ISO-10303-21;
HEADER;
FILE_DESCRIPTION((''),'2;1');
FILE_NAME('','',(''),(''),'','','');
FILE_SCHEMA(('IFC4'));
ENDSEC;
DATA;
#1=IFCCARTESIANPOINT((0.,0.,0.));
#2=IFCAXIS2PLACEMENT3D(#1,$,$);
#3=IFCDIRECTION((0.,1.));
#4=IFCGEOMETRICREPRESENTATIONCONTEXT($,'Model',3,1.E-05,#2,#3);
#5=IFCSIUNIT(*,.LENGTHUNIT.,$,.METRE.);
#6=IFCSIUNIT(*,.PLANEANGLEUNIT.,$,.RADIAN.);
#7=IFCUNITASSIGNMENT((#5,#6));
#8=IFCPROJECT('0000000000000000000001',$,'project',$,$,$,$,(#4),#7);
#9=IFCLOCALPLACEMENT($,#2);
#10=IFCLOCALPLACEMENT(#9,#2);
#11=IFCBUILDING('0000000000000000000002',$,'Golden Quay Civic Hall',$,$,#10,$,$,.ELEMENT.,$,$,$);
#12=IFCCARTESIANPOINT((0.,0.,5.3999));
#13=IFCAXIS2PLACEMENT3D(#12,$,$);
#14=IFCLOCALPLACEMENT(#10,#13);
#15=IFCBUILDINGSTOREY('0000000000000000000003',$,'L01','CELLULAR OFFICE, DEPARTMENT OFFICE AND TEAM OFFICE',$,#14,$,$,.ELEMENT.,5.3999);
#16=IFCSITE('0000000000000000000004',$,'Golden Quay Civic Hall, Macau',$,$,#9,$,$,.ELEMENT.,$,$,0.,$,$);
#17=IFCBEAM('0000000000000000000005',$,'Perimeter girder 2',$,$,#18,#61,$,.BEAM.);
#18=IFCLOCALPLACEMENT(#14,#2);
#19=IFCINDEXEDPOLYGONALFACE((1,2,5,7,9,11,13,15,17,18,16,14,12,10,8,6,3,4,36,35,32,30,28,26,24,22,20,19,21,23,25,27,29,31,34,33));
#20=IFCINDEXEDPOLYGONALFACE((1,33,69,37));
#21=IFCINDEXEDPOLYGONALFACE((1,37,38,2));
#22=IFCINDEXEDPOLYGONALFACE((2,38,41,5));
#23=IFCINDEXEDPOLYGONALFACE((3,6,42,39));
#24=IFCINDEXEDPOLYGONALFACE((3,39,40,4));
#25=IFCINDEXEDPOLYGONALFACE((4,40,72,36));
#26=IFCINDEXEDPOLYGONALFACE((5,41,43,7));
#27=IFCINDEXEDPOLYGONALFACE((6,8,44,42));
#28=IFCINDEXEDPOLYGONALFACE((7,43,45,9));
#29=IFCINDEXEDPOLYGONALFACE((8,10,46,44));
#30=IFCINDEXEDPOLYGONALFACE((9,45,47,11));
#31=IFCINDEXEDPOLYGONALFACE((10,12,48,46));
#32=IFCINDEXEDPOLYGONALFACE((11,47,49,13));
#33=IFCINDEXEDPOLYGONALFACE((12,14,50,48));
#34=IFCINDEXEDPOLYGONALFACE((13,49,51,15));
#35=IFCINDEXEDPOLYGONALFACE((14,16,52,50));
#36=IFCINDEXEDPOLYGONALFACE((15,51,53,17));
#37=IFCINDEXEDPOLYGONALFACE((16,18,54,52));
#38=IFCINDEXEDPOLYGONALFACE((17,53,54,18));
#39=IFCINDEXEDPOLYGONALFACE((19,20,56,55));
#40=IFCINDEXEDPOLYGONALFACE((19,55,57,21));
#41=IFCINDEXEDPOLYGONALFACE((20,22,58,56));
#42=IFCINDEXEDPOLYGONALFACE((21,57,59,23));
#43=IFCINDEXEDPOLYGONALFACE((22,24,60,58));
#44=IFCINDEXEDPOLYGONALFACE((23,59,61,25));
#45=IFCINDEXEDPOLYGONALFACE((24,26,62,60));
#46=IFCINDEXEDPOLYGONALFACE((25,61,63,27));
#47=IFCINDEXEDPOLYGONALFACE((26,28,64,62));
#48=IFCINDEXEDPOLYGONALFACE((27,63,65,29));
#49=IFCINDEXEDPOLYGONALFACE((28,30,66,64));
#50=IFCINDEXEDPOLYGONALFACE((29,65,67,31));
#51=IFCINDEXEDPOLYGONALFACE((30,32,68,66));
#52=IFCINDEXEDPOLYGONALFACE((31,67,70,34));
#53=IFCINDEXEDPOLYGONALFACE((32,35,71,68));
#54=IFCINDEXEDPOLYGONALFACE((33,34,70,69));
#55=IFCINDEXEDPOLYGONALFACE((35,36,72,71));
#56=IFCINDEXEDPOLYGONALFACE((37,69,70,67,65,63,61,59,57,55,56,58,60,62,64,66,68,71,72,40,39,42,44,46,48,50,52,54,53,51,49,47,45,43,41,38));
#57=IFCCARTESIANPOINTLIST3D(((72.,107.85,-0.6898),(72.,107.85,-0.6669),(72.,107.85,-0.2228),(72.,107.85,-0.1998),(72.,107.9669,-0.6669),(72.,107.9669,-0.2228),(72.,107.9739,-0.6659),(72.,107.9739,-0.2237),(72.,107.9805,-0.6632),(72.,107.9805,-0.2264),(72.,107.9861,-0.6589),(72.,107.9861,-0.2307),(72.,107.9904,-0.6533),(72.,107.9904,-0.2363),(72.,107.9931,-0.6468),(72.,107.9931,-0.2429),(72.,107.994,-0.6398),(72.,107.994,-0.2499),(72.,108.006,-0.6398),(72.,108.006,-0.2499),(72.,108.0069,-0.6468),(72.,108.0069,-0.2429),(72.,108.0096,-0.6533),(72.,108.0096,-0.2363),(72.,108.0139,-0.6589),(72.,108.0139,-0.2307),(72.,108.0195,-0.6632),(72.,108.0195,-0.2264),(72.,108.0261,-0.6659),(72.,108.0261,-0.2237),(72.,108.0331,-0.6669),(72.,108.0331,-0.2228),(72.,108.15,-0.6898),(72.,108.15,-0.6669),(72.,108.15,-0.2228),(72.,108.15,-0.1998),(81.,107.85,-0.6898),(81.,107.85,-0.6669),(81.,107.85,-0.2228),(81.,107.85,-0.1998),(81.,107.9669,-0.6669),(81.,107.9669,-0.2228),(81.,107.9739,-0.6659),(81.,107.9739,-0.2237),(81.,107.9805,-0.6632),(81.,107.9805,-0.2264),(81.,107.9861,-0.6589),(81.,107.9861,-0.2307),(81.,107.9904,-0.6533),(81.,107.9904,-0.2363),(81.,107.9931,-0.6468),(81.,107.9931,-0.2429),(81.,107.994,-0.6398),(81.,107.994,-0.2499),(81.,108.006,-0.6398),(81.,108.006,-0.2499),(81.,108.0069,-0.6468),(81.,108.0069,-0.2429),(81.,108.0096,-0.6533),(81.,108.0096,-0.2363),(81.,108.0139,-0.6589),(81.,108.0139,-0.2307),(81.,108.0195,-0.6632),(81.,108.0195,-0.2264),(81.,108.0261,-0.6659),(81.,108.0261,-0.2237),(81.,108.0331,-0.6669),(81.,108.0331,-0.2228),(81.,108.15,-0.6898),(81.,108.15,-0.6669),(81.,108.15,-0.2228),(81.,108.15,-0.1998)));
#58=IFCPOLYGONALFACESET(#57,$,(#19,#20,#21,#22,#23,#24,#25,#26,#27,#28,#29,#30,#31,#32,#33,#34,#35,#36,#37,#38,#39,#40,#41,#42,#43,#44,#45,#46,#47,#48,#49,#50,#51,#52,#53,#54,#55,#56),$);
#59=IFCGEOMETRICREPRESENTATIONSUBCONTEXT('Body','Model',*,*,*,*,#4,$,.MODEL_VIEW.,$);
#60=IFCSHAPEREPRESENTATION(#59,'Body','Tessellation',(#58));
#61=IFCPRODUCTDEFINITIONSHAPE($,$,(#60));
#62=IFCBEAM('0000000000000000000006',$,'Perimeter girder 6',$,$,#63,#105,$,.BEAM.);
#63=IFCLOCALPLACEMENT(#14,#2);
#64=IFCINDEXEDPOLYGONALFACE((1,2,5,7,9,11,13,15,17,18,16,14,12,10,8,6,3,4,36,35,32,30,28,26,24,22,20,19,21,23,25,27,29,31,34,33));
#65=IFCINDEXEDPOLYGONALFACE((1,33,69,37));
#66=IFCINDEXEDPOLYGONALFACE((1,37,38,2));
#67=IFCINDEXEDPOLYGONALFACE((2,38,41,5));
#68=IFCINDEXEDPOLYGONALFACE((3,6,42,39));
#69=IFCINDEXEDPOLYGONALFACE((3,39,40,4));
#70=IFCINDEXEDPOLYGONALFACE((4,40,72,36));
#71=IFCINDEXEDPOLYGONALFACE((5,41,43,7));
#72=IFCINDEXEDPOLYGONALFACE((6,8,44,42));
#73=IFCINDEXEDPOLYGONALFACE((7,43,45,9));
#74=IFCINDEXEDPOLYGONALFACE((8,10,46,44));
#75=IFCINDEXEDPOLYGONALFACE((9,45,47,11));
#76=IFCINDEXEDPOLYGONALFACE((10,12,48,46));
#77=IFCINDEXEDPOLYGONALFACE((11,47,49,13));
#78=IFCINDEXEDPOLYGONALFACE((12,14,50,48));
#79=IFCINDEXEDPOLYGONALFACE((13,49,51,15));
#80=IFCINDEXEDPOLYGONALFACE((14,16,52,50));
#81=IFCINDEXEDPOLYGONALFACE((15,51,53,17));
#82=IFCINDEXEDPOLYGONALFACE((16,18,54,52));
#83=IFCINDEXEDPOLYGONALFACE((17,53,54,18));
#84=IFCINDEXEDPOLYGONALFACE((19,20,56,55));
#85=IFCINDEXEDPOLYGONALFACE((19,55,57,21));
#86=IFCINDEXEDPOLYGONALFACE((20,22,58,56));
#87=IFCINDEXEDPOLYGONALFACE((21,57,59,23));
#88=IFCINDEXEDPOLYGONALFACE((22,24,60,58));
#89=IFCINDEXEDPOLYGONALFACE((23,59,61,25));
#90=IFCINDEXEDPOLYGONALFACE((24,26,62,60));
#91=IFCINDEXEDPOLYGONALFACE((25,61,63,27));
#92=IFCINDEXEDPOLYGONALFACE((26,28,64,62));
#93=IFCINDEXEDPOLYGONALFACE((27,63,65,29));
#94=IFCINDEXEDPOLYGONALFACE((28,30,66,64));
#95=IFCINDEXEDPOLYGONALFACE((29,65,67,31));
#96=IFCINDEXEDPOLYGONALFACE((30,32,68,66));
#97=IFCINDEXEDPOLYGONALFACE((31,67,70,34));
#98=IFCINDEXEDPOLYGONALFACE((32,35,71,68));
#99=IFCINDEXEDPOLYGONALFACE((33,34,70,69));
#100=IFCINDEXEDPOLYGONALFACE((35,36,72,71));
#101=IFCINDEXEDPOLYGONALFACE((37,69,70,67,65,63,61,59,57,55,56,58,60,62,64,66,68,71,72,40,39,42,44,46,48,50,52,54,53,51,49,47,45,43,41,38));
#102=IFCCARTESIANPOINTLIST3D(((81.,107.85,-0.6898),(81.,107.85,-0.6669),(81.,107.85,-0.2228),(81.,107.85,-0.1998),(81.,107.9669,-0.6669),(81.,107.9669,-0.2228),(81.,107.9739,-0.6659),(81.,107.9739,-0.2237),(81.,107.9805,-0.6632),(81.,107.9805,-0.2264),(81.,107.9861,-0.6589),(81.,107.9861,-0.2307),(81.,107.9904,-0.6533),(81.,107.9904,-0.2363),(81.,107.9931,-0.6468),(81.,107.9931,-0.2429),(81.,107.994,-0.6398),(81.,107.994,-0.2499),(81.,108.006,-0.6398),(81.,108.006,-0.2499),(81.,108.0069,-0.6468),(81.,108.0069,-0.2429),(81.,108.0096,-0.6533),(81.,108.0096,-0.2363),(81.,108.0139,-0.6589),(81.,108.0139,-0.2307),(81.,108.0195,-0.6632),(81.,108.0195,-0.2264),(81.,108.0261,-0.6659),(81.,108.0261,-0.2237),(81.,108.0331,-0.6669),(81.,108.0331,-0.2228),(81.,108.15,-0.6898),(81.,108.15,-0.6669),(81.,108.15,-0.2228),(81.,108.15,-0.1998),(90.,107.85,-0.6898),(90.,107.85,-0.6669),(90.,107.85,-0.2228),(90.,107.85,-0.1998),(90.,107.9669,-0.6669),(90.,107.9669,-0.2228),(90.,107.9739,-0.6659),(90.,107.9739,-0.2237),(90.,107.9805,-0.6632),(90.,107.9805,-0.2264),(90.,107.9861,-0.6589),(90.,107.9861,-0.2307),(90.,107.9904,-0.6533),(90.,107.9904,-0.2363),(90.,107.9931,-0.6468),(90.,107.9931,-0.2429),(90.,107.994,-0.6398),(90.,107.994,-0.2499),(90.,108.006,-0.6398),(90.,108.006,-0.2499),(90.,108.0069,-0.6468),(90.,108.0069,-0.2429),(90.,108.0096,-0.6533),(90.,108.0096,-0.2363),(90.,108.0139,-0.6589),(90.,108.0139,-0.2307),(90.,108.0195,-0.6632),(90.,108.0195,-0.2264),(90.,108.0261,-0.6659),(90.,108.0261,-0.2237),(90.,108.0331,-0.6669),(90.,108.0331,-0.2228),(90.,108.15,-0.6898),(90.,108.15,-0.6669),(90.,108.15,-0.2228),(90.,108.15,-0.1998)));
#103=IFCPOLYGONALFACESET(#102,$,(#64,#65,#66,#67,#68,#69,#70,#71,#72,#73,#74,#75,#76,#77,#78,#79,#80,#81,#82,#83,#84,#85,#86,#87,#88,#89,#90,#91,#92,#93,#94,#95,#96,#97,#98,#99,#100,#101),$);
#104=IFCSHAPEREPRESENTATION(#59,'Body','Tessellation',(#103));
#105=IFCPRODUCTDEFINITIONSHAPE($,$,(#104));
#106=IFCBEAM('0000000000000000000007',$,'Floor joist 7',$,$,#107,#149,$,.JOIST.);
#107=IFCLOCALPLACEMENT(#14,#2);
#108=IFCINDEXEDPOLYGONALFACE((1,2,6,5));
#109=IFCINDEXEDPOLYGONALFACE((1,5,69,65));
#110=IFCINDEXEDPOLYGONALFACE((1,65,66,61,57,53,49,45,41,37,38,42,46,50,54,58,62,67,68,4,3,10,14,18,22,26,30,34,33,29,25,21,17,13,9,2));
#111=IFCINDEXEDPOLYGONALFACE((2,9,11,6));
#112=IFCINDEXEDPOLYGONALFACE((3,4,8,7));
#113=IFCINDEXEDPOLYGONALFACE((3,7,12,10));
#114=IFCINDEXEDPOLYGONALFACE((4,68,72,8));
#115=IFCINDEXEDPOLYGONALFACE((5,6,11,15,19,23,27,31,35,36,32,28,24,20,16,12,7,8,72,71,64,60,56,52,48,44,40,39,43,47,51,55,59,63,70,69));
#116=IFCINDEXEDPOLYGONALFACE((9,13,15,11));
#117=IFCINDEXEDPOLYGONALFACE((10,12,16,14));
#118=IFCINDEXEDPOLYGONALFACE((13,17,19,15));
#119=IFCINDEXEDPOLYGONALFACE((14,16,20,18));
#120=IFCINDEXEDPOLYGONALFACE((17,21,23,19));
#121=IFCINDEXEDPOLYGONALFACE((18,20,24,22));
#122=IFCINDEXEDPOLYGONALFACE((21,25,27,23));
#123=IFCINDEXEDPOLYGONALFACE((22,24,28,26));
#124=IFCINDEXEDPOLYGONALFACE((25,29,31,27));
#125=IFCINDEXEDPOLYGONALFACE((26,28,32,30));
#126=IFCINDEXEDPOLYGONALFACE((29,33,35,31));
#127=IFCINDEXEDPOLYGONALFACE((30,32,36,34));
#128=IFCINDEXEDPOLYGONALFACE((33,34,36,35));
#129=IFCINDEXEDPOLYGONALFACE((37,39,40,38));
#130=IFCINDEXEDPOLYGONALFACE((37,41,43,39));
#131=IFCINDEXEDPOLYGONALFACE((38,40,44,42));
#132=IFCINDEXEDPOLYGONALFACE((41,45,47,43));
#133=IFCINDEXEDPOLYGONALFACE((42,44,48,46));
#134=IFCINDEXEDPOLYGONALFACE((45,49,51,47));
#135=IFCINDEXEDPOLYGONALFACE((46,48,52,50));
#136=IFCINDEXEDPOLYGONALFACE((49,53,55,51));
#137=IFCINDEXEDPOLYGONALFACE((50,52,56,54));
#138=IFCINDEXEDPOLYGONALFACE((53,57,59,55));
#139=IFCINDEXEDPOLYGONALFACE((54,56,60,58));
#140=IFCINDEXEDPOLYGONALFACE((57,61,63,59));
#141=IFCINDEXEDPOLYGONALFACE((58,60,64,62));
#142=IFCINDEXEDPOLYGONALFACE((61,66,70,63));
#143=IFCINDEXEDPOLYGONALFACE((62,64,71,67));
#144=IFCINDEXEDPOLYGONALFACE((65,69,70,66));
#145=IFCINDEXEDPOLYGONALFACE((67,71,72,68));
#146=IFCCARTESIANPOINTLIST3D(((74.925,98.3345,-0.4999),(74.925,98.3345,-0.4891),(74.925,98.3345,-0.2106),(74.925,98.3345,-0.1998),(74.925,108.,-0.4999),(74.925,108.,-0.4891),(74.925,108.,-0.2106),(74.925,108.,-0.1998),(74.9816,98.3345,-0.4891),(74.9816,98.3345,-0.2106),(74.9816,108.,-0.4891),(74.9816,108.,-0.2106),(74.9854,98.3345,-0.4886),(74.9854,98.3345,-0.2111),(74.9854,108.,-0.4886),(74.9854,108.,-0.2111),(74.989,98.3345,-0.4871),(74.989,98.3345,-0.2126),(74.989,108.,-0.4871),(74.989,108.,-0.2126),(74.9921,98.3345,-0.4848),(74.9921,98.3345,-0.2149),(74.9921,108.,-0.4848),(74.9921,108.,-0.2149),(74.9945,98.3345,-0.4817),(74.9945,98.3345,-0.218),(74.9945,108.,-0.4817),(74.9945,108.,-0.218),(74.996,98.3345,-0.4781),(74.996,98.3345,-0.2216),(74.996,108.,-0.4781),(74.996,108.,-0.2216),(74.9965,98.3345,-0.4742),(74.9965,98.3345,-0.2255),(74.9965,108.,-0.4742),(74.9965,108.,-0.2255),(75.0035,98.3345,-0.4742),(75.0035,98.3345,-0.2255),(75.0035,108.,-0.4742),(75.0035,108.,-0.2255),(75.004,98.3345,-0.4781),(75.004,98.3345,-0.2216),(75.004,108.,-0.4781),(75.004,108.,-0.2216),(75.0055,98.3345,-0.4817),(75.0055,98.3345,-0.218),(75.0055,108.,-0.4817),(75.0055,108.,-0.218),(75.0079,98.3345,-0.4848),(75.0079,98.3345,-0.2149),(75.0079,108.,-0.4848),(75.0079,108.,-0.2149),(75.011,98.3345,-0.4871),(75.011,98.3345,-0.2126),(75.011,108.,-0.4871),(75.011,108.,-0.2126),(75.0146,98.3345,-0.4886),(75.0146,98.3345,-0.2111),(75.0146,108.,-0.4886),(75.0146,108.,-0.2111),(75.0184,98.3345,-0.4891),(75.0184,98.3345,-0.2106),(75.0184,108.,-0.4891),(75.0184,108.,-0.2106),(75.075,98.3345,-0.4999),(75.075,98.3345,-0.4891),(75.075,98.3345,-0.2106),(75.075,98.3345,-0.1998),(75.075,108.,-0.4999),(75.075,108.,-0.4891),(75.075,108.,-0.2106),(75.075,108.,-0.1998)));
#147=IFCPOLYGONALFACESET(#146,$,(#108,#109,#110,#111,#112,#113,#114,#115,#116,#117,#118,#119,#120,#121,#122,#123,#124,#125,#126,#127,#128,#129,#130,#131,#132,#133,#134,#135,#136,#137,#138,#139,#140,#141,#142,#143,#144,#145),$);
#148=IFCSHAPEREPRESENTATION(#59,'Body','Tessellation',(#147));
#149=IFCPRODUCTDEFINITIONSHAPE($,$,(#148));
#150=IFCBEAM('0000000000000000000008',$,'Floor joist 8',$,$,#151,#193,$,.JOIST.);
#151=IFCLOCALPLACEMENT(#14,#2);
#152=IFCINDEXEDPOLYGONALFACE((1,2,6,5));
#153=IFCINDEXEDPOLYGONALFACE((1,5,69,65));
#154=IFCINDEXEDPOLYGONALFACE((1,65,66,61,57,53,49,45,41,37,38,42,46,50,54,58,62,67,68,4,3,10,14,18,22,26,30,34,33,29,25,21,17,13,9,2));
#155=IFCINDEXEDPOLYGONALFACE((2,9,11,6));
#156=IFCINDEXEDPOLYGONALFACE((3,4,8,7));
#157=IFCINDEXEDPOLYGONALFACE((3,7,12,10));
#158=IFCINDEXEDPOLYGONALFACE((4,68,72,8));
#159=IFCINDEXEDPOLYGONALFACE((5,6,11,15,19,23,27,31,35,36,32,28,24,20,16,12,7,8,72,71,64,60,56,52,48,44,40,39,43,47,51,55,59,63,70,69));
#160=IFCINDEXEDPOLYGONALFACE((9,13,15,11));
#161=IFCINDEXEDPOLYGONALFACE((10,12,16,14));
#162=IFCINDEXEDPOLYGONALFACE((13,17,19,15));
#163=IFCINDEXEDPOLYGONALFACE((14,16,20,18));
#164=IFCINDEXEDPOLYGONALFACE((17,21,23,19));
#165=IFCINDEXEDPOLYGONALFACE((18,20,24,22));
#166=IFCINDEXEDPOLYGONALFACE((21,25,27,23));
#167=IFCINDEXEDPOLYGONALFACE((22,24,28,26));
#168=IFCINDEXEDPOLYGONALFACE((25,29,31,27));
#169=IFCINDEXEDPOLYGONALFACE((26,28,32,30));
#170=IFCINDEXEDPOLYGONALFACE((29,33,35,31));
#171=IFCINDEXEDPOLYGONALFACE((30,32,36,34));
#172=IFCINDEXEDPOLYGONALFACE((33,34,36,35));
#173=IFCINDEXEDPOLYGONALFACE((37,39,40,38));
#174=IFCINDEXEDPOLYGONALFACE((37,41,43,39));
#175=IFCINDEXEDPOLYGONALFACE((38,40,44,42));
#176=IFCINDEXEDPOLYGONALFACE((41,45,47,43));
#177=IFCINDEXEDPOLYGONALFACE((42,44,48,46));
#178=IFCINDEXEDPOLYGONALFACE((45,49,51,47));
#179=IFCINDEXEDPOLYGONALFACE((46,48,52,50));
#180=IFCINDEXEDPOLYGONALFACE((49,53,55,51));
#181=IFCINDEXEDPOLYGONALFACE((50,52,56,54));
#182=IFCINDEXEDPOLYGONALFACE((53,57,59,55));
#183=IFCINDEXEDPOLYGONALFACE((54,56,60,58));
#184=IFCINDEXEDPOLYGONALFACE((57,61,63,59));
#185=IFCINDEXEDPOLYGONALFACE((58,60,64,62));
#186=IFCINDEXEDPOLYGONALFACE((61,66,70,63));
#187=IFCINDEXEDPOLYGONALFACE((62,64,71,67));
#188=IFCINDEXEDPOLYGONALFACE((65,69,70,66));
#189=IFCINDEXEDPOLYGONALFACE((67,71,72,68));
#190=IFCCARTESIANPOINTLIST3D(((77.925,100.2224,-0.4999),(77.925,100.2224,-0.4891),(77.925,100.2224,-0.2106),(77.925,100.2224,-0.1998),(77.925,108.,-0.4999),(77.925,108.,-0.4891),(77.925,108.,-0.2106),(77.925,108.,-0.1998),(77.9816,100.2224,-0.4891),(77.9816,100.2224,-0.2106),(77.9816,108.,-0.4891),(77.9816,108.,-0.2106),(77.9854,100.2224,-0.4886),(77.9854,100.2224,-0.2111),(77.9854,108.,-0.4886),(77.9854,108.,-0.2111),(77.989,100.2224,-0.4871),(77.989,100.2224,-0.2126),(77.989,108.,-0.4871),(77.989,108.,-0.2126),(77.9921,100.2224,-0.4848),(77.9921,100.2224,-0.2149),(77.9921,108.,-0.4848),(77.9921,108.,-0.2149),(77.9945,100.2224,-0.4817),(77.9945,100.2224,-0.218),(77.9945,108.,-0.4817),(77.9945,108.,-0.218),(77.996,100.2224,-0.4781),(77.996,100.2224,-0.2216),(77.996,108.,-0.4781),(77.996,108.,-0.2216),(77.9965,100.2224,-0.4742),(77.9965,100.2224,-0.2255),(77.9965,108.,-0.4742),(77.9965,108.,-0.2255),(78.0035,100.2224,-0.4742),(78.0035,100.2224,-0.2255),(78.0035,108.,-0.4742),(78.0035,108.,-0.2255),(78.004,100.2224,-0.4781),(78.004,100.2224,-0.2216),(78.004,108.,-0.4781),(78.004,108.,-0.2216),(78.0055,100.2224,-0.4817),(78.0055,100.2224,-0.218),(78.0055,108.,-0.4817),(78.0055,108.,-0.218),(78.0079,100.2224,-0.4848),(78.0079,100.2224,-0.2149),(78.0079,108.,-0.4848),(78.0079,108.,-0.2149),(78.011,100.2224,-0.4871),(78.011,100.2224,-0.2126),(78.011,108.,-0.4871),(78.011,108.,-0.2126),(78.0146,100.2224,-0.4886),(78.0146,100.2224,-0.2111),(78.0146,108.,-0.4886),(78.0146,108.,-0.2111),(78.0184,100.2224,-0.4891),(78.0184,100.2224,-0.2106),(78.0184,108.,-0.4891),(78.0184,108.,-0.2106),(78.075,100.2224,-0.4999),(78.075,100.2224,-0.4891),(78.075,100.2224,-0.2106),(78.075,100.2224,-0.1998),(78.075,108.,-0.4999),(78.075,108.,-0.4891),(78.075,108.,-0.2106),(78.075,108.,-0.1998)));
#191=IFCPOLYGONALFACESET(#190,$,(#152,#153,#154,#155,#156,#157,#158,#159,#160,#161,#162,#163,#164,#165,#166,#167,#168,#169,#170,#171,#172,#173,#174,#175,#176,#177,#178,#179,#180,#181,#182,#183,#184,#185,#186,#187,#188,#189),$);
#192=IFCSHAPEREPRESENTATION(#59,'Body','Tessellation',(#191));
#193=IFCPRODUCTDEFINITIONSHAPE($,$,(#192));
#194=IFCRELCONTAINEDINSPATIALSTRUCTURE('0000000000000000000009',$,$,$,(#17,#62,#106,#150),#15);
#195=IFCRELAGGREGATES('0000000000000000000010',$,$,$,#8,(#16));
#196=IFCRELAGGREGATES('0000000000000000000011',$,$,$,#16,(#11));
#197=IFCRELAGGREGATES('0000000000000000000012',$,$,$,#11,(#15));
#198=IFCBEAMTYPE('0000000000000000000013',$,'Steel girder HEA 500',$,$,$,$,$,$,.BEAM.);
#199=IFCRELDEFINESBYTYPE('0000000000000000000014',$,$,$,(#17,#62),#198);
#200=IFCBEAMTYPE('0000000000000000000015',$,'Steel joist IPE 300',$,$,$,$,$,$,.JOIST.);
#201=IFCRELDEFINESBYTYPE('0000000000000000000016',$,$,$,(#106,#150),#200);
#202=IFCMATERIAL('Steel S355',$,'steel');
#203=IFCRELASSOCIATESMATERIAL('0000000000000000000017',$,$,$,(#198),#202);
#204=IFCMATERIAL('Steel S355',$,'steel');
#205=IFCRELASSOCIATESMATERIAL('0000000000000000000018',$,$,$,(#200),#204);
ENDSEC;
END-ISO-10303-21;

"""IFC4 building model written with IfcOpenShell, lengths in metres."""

from ifc_helpers import new_model, si_unit, direction, frame, origin, origin_2d, place, context, subcontext, project, spatial, i_section, extrude, material, material_profile, profile_set, type_object, element, save


model = new_model("IFC4")

# Units and contexts
model_context = context("Model", 3, precision=1e-05, world=origin(), true_north=direction((0.0, 1.0)))
body_context = subcontext(model_context, "Body", "Model", "MODEL_VIEW")
ifc_project = project(units=[si_unit("LENGTHUNIT", "METRE"), si_unit("PLANEANGLEUNIT", "RADIAN")], contexts=[model_context])

# Site, building, storey
site_placement = place(None, origin())
site = spatial("IfcSite", under=ifc_project, at=site_placement, Name="Golden Quay Civic Hall, Macau", CompositionType="ELEMENT", RefElevation=0.0)
building_placement = place(site_placement, origin())
building = spatial("IfcBuilding", under=site, at=building_placement, Name="Golden Quay Civic Hall", CompositionType="ELEMENT")
storey_placement = place(building_placement, frame((0.0, 0.0, 5.3999)))
storey = spatial("IfcBuildingStorey", under=building, at=storey_placement, Name="L01", Description="CELLULAR OFFICE, DEPARTMENT OFFICE AND TEAM OFFICE", CompositionType="ELEMENT", Elevation=5.3999)

# Beams
ifc_material_1 = material(Name="Steel S355", Category="steel")
ifc_material_profile_1 = material_profile(ifc_material_1, i_section(OverallWidth=0.3, OverallDepth=0.49, WebThickness=0.012, FlangeThickness=0.0229, FilletRadius=0.0271, at=origin_2d()), Name="HEA 500")
ifc_profile_set_1 = profile_set([ifc_material_profile_1], Name="Steel S355")
beam_type_1 = type_object("IfcBeamType", Name="Steel girder HEA 500", PredefinedType="BEAM", material=ifc_profile_set_1)
for number, where, z_axis, x_axis, name in (
    (1, (72.0, 108.0, -0.4448), (1.0, 0.0, 0.0), (0.0, 1.0, 0.0), "Perimeter girder 2"),
    (2, (81.0, 108.0, -0.4448), (1.0, 0.0, 0.0), (0.0, 1.0, 0.0), "Perimeter girder 6"),
):
    element("IfcBeam", number, at=place(storey_placement, frame(where, z_axis=z_axis, x_axis=x_axis)), inside=storey, type_object=beam_type_1, Name=name, PredefinedType="BEAM", context=body_context, shape_type="SweptSolid", body=[
        extrude(i_section(OverallWidth=0.3, OverallDepth=0.49, WebThickness=0.012, FlangeThickness=0.0229, FilletRadius=0.0271, at=origin_2d()), origin(), (0.0, 0.0, 1.0), 9.0),
    ])
ifc_material_2 = material(Name="Steel S355", Category="steel")
ifc_material_profile_2 = material_profile(ifc_material_2, i_section(OverallWidth=0.1499, OverallDepth=0.3, WebThickness=0.0071, FlangeThickness=0.0107, FilletRadius=0.0149, at=origin_2d()), Name="IPE 300")
ifc_profile_set_2 = profile_set([ifc_material_profile_2], Name="Steel S355")
beam_type_2 = type_object("IfcBeamType", Name="Steel joist IPE 300", PredefinedType="JOIST", material=ifc_profile_set_2)
beam_1_placement = place(storey_placement, frame((75.0, 108.0, -0.3499), z_axis=(0.0, -1.0, 0.0), x_axis=(1.0, 0.0, 0.0)))
element("IfcBeam", 3, at=beam_1_placement, inside=storey, type_object=beam_type_2, Name="Floor joist 7", PredefinedType="JOIST", context=body_context, shape_type="SweptSolid", body=[
    extrude(i_section(OverallWidth=0.1499, OverallDepth=0.3, WebThickness=0.0071, FlangeThickness=0.0107, FilletRadius=0.0149, at=origin_2d()), origin(), (0.0, 0.0, 1.0), 9.6655),
])
beam_2_placement = place(storey_placement, frame((78.0, 108.0, -0.3499), z_axis=(0.0, -1.0, 0.0), x_axis=(1.0, 0.0, 0.0)))
element("IfcBeam", 4, at=beam_2_placement, inside=storey, type_object=beam_type_2, Name="Floor joist 8", PredefinedType="JOIST", context=body_context, shape_type="SweptSolid", body=[
    extrude(i_section(OverallWidth=0.1499, OverallDepth=0.3, WebThickness=0.0071, FlangeThickness=0.0107, FilletRadius=0.0149, at=origin_2d()), origin(), (0.0, 0.0, 1.0), 7.7776),
])

save(model, "model.ifc")
